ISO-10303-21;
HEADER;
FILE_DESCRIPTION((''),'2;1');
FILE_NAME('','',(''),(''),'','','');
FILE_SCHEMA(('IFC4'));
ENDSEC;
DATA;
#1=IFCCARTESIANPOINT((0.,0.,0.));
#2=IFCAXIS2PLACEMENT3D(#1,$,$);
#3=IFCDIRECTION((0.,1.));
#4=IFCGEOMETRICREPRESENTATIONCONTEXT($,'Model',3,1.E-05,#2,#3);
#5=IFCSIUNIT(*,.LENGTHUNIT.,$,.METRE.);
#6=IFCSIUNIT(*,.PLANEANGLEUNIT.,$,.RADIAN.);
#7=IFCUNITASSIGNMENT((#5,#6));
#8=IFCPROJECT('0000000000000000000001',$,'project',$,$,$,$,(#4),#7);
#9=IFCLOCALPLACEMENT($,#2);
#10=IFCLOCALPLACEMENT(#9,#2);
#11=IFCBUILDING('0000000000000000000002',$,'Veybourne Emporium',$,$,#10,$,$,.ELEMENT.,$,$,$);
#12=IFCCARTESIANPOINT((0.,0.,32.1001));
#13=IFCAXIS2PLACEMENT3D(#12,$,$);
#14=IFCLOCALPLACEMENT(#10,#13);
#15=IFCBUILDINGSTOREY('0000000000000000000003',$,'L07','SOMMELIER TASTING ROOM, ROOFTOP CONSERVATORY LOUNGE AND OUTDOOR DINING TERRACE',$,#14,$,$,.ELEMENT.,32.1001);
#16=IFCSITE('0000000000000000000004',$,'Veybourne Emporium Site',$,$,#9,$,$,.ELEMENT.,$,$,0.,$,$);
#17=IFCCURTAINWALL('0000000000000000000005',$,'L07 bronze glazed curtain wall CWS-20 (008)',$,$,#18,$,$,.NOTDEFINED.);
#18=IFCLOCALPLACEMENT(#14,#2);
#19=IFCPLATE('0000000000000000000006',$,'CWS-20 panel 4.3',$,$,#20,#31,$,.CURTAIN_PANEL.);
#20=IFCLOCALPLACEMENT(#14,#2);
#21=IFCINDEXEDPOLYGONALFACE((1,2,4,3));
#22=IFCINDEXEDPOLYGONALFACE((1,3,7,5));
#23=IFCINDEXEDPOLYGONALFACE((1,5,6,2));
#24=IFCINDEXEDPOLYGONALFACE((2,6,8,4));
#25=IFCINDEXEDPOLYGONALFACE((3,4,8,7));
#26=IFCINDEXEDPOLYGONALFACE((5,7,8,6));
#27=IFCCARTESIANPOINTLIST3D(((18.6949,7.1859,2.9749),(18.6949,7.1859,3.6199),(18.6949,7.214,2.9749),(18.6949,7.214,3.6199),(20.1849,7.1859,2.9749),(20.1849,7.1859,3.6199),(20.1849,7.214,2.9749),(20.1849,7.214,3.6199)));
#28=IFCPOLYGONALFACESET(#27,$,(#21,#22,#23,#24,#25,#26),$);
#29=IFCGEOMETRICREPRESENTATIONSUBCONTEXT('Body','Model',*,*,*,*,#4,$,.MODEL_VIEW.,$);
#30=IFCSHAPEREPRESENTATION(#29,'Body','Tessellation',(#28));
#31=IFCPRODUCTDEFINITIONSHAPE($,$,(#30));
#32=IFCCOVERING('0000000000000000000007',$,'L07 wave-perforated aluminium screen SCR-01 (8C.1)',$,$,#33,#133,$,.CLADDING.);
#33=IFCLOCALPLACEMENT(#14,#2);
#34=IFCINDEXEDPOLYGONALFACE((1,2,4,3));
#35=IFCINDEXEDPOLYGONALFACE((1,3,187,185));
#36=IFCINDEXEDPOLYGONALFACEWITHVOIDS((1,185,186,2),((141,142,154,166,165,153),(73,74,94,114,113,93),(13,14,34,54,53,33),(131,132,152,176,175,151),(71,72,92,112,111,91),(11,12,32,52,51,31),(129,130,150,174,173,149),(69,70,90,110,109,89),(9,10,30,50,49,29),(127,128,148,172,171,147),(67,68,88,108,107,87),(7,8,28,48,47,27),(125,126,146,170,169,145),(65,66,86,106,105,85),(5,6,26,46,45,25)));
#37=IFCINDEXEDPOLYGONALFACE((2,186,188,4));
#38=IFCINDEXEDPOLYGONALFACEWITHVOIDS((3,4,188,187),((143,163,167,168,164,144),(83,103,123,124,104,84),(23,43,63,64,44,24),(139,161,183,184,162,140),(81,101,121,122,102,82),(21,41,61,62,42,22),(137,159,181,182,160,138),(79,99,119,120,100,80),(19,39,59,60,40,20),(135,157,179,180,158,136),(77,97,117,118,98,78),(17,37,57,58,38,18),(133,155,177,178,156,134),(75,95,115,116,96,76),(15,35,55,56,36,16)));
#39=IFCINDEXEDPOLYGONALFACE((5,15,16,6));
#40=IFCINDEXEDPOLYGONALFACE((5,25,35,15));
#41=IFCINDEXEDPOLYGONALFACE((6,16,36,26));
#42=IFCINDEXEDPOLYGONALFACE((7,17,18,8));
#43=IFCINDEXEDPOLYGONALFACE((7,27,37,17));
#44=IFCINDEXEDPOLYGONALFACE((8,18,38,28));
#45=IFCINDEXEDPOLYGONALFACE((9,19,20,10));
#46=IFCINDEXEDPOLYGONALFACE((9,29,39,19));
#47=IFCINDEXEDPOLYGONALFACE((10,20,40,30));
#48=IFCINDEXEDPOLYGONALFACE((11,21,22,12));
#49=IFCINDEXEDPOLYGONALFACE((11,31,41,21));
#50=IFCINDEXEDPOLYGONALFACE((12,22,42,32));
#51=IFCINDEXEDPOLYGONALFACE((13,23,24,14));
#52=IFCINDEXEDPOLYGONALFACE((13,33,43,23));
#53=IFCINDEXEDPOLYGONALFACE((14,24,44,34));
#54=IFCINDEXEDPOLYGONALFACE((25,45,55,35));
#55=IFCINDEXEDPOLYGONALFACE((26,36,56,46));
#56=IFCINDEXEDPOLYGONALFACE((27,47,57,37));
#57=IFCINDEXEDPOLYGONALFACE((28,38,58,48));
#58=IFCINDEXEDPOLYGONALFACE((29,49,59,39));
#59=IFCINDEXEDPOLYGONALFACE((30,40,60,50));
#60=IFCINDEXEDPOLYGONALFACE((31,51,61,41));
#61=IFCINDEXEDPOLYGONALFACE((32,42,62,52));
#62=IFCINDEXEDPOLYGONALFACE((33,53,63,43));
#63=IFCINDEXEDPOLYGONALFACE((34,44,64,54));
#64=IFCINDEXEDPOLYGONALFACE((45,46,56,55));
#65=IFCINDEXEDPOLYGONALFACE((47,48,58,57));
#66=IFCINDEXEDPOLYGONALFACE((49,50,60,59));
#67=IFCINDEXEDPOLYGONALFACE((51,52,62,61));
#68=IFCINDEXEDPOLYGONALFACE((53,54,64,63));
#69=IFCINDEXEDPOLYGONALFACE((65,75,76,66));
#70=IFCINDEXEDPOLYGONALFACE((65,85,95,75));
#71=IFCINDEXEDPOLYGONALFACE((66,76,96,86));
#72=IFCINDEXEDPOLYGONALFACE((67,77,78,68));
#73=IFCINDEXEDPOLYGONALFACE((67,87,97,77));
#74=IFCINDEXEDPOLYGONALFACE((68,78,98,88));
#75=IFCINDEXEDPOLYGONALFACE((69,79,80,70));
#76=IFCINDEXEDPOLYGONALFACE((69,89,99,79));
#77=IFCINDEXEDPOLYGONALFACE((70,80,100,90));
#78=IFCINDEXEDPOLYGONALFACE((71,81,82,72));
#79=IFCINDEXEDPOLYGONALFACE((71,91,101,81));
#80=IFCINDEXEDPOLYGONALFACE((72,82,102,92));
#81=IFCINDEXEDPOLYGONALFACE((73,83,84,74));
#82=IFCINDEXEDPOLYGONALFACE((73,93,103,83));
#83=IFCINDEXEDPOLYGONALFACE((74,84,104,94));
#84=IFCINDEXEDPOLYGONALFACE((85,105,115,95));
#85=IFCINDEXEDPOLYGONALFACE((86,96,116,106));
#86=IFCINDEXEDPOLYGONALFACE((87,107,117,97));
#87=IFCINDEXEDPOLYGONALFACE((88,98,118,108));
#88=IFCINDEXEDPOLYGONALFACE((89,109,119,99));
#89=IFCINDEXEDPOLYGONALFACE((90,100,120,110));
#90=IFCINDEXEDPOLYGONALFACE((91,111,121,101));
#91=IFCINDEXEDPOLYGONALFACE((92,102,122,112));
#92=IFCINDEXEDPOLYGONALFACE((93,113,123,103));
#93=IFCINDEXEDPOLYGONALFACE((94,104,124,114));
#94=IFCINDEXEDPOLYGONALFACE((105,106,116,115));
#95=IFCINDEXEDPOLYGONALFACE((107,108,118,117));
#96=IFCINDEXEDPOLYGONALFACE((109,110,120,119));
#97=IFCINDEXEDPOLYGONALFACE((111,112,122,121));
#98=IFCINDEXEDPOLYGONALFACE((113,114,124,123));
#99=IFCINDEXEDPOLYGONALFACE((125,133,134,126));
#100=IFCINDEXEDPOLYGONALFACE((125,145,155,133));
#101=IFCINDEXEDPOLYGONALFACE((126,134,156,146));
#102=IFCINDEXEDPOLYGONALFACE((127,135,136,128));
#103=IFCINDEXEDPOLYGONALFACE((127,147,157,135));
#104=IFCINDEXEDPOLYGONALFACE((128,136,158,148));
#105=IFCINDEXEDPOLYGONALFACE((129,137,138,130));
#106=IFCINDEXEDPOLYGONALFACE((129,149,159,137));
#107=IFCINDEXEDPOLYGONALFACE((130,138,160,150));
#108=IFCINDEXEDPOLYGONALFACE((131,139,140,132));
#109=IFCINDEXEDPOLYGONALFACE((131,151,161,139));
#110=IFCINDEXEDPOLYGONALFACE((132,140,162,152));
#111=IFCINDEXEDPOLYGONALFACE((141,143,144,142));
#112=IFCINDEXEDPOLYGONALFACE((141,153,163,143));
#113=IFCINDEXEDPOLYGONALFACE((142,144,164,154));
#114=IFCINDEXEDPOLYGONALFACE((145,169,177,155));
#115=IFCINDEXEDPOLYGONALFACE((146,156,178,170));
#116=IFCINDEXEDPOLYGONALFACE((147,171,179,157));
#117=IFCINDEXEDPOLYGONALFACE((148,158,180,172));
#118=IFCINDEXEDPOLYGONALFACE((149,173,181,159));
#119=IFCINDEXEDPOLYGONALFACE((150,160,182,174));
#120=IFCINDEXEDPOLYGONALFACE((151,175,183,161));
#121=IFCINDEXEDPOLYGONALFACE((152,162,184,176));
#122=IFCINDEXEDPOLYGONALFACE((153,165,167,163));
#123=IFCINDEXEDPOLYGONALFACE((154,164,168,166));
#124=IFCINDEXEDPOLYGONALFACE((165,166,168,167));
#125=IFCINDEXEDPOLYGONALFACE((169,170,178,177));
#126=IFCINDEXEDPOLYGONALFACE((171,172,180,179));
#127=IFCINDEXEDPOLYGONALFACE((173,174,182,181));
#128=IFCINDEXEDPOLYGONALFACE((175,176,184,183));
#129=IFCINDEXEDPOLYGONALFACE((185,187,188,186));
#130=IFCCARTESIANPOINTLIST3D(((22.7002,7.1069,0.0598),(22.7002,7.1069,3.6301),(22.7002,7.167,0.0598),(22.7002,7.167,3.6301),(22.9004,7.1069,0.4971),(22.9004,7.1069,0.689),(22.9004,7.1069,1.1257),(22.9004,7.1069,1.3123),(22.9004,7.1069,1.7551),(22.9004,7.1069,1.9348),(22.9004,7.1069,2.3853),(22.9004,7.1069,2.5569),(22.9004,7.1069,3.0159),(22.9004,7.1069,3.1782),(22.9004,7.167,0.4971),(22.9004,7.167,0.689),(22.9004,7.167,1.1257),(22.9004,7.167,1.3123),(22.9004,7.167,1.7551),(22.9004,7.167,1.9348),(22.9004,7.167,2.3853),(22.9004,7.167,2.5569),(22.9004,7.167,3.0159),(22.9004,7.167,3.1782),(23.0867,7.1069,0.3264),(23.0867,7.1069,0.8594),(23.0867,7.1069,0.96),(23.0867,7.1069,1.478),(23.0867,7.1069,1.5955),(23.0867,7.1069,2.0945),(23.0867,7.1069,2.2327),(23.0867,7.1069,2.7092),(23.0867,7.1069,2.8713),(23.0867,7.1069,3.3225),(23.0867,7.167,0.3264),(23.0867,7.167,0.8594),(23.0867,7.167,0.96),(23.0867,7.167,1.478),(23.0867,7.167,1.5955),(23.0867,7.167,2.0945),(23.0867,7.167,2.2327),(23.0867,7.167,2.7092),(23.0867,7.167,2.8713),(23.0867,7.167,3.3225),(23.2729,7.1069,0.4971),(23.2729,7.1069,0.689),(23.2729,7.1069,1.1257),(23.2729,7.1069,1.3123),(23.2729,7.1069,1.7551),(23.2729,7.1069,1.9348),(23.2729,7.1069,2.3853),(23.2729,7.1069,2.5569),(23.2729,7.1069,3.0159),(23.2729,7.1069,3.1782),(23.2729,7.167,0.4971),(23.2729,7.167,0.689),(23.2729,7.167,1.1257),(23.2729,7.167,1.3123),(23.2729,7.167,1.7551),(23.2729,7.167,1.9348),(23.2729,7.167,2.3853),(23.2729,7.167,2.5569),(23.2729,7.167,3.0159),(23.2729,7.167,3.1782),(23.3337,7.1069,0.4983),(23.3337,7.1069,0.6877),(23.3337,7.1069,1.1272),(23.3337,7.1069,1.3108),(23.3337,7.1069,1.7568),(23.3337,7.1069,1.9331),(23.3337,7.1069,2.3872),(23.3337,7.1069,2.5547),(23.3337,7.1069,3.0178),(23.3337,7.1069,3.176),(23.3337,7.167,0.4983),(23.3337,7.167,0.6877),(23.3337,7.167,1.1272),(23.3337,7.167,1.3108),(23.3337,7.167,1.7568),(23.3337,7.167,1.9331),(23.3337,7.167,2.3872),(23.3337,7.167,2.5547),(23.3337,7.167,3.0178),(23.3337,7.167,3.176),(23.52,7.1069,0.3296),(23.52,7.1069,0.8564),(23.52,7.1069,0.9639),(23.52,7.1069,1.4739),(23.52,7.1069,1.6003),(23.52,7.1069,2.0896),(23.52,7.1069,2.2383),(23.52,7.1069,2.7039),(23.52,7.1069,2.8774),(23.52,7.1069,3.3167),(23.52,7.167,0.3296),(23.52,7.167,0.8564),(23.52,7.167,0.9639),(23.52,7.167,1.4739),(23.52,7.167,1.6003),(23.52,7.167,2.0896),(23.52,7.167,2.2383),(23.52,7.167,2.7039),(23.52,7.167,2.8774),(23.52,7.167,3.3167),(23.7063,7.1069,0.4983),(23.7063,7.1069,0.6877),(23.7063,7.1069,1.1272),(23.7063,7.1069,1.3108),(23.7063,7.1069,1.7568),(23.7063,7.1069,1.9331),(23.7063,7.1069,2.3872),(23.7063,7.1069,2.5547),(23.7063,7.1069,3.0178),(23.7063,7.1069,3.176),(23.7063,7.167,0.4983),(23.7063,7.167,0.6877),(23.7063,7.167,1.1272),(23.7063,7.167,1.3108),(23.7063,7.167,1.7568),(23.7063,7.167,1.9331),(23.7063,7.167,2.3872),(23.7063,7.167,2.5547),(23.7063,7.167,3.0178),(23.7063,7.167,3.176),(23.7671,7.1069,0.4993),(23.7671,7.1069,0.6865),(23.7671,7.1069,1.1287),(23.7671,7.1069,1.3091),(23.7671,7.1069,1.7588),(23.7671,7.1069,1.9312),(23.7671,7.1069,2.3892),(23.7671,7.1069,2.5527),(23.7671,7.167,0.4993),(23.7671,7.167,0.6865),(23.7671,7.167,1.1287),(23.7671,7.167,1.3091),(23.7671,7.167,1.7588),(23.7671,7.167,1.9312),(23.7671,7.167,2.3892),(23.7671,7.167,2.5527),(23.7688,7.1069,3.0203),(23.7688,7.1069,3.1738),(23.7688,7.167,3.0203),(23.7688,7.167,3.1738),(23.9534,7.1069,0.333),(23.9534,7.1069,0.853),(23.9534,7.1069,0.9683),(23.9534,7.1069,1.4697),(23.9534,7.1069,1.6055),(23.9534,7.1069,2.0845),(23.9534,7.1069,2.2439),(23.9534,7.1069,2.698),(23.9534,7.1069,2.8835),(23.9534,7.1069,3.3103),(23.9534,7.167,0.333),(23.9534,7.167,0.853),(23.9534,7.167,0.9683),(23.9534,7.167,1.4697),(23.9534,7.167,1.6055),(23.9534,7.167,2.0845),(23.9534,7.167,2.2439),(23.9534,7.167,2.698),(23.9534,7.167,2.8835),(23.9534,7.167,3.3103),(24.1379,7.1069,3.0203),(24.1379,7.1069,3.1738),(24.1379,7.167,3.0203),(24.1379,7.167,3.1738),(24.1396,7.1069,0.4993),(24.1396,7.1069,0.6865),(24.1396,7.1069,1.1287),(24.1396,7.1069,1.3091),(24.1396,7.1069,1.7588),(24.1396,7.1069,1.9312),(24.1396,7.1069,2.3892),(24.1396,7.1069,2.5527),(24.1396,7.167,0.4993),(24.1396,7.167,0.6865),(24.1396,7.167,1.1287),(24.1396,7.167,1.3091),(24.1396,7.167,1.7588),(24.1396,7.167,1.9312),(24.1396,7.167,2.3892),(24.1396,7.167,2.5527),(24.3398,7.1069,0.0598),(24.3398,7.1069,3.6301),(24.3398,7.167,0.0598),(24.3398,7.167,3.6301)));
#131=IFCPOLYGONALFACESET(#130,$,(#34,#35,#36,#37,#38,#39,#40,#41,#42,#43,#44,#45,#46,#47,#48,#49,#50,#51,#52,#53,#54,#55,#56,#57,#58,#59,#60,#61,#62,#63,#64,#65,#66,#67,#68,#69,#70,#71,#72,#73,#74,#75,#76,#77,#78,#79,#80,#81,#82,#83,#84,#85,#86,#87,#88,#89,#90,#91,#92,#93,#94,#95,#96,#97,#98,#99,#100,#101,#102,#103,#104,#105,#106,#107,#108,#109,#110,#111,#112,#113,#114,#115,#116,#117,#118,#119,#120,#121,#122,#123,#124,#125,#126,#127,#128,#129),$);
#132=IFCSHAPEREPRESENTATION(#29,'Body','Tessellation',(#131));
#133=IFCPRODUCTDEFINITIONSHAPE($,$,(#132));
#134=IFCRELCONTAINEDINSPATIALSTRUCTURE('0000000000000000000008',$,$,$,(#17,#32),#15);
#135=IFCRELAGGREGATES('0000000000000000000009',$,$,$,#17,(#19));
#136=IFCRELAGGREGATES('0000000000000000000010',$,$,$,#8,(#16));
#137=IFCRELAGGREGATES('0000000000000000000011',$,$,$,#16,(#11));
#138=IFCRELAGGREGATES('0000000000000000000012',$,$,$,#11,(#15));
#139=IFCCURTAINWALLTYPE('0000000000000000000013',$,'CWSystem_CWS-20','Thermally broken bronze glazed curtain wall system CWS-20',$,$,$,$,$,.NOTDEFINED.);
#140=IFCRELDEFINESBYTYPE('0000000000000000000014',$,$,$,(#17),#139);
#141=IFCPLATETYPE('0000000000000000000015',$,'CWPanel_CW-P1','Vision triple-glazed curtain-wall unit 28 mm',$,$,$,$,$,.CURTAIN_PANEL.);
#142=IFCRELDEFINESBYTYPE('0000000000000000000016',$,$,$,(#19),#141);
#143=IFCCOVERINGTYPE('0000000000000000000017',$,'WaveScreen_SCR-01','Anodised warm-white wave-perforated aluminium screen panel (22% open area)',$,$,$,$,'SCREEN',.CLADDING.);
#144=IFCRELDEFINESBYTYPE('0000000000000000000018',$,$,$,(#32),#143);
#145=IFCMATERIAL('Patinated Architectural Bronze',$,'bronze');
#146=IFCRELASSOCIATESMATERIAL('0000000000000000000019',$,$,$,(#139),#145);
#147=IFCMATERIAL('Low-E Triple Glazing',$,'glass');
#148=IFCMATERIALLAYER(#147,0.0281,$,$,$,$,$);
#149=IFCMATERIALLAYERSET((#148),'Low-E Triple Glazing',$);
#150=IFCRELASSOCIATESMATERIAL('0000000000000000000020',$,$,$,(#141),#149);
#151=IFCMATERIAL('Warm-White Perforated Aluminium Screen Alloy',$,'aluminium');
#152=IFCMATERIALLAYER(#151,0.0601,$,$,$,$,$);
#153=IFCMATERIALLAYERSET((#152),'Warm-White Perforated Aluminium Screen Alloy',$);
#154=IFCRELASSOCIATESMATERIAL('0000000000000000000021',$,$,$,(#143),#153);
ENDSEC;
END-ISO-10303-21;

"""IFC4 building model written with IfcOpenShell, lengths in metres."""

from ifc_helpers import new_model, si_unit, direction, frame, origin, origin_2d, place, context, subcontext, project, spatial, polyline, rectangle, outline, extrude, material, layer, layer_set, type_object, element, aggregate, save


model = new_model("IFC4")

# Units and contexts
model_context = context("Model", 3, precision=1e-05, world=origin(), true_north=direction((0.0, 1.0)))
body_context = subcontext(model_context, "Body", "Model", "MODEL_VIEW")
ifc_project = project(units=[si_unit("LENGTHUNIT", "METRE"), si_unit("PLANEANGLEUNIT", "RADIAN")], contexts=[model_context])

# Site, building, storey
site_placement = place(None, origin())
site = spatial("IfcSite", under=ifc_project, at=site_placement, Name="Veybourne Emporium Site", CompositionType="ELEMENT", RefElevation=0.0)
building_placement = place(site_placement, origin())
building = spatial("IfcBuilding", under=site, at=building_placement, Name="Veybourne Emporium", CompositionType="ELEMENT")
storey_placement = place(building_placement, frame((0.0, 0.0, 32.1001)))
storey = spatial("IfcBuildingStorey", under=building, at=storey_placement, Name="L07", Description="SOMMELIER TASTING ROOM, ROOFTOP CONSERVATORY LOUNGE AND OUTDOOR DINING TERRACE", CompositionType="ELEMENT", Elevation=32.1001)

# Curtain wall, plate
ifc_material_1 = material(Name="Patinated Architectural Bronze", Category="bronze")
curtain_wall_type = type_object("IfcCurtainWallType", Name="CWSystem_CWS-20", Description="Thermally broken bronze glazed curtain wall system CWS-20", PredefinedType="NOTDEFINED", material=ifc_material_1)
curtain_wall_placement = place(storey_placement, origin())
curtain_wall = element("IfcCurtainWall", 1, at=curtain_wall_placement, inside=storey, type_object=curtain_wall_type, Name="L07 bronze glazed curtain wall CWS-20 (008)", PredefinedType="NOTDEFINED")
ifc_material_2 = material(Name="Low-E Triple Glazing", Category="glass")
ifc_layer_1 = layer(ifc_material_2, 0.0281)
ifc_layer_set_1 = layer_set([ifc_layer_1], Name="Low-E Triple Glazing")
plate_type = type_object("IfcPlateType", Name="CWPanel_CW-P1", Description="Vision triple-glazed curtain-wall unit 28 mm", PredefinedType="CURTAIN_PANEL", material=ifc_layer_set_1)
plate_1_placement = place(storey_placement, frame((19.4399, 7.2, 2.9749), z_axis=(0.0, 0.0, 1.0), x_axis=(-1.0, 0.0, 0.0)))
plate_1 = element("IfcPlate", 2, at=plate_1_placement, type_object=plate_type, Name="CWS-20 panel 4.3", PredefinedType="CURTAIN_PANEL", context=body_context, shape_type="SweptSolid", body=[
    extrude(rectangle(XDim=1.49, YDim=0.0281, at=origin_2d()), origin(), (0.0, 0.0, 1.0), 0.645),
])
aggregate(curtain_wall, [plate_1])

# Covering
ifc_material_3 = material(Name="Warm-White Perforated Aluminium Screen Alloy", Category="aluminium")
ifc_layer_2 = layer(ifc_material_3, 0.0601)
ifc_layer_set_2 = layer_set([ifc_layer_2], Name="Warm-White Perforated Aluminium Screen Alloy")
covering_type_1 = type_object("IfcCoveringType", Name="WaveScreen_SCR-01", Description="Anodised warm-white wave-perforated aluminium screen panel (22% open area)", ElementType="SCREEN", PredefinedType="CLADDING", material=ifc_layer_set_2)
covering_1_placement = place(storey_placement, frame((23.52, 7.1069, 1.845), z_axis=(0.0, 1.0, 0.0), x_axis=(-1.0, 0.0, 0.0)))
element("IfcCovering", 3, at=covering_1_placement, inside=storey, type_object=covering_type_1, Name="L07 wave-perforated aluminium screen SCR-01 (8C.1)", PredefinedType="CLADDING", context=body_context, shape_type="SweptSolid", body=[
    extrude(outline(polyline([(-0.8198, -1.7852), (0.8198, -1.7852), (0.8198, 1.7852), (-0.8198, 1.7852), (-0.8198, -1.7852)]), holes=[polyline([(-0.4333, -0.9919), (-0.2471, -1.1584), (-0.2471, -1.3457), (-0.4333, -1.512), (-0.6196, -1.3457), (-0.6196, -1.1584), (-0.4333, -0.9919)]), polyline([(-0.4333, -0.3752), (-0.2471, -0.5359), (-0.2471, -0.7163), (-0.4333, -0.8767), (-0.6196, -0.7163), (-0.6196, -0.5359), (-0.4333, -0.3752)]), polyline([(-0.4333, 0.2395), (-0.2471, 0.0862), (-0.2471, -0.0862), (-0.4333, -0.2395), (-0.6196, -0.0862), (-0.6196, 0.0862), (-0.4333, 0.2395)]), polyline([(-0.4333, 0.853), (-0.2471, 0.7078), (-0.2471, 0.5442), (-0.4333, 0.3989), (-0.6196, 0.5442), (-0.6196, 0.7078), (-0.4333, 0.853)]), polyline([(-0.4333, 1.4653), (-0.2488, 1.3289), (-0.2488, 1.1753), (-0.4333, 1.0386), (-0.6179, 1.1753), (-0.6179, 1.3289), (-0.4333, 1.4653)]), polyline([(0.0, -0.9885), (0.1863, -1.1572), (0.1863, -1.3467), (0.0, -1.5154), (-0.1863, -1.3467), (-0.1863, -1.1572), (0.0, -0.9885)]), polyline([(0.0, -0.3711), (0.1863, -0.5342), (0.1863, -0.7178), (0.0, -0.8811), (-0.1863, -0.7178), (-0.1863, -0.5342), (0.0, -0.3711)]), polyline([(0.0, 0.2446), (0.1863, 0.0881), (0.1863, -0.0881), (0.0, -0.2446), (-0.1863, -0.0881), (-0.1863, 0.0881), (0.0, 0.2446)]), polyline([(0.0, 0.8589), (0.1863, 0.7097), (0.1863, 0.5422), (0.0, 0.3933), (-0.1863, 0.5422), (-0.1863, 0.7097), (0.0, 0.8589)]), polyline([(0.0, 1.4717), (0.1863, 1.3311), (0.1863, 1.1729), (0.0, 1.0325), (-0.1863, 1.1729), (-0.1863, 1.3311), (0.0, 1.4717)]), polyline([(0.4333, -0.9856), (0.6196, -1.156), (0.6196, -1.3479), (0.4333, -1.5186), (0.2471, -1.3479), (0.2471, -1.156), (0.4333, -0.9856)]), polyline([(0.4333, -0.3669), (0.6196, -0.5327), (0.6196, -0.7192), (0.4333, -0.885), (0.2471, -0.7192), (0.2471, -0.5327), (0.4333, -0.3669)]), polyline([(0.4333, 0.2495), (0.6196, 0.0898), (0.6196, -0.0898), (0.4333, -0.2495), (0.2471, -0.0898), (0.2471, 0.0898), (0.4333, 0.2495)]), polyline([(0.4333, 0.8643), (0.6196, 0.7119), (0.6196, 0.5403), (0.4333, 0.3877), (0.2471, 0.5403), (0.2471, 0.7119), (0.4333, 0.8643)]), polyline([(0.4333, 1.4775), (0.6196, 1.3333), (0.6196, 1.1709), (0.4333, 1.0264), (0.2471, 1.1709), (0.2471, 1.3333), (0.4333, 1.4775)])]), origin(), (0.0, 0.0, 1.0), 0.0601),
])

save(model, "model.ifc")
